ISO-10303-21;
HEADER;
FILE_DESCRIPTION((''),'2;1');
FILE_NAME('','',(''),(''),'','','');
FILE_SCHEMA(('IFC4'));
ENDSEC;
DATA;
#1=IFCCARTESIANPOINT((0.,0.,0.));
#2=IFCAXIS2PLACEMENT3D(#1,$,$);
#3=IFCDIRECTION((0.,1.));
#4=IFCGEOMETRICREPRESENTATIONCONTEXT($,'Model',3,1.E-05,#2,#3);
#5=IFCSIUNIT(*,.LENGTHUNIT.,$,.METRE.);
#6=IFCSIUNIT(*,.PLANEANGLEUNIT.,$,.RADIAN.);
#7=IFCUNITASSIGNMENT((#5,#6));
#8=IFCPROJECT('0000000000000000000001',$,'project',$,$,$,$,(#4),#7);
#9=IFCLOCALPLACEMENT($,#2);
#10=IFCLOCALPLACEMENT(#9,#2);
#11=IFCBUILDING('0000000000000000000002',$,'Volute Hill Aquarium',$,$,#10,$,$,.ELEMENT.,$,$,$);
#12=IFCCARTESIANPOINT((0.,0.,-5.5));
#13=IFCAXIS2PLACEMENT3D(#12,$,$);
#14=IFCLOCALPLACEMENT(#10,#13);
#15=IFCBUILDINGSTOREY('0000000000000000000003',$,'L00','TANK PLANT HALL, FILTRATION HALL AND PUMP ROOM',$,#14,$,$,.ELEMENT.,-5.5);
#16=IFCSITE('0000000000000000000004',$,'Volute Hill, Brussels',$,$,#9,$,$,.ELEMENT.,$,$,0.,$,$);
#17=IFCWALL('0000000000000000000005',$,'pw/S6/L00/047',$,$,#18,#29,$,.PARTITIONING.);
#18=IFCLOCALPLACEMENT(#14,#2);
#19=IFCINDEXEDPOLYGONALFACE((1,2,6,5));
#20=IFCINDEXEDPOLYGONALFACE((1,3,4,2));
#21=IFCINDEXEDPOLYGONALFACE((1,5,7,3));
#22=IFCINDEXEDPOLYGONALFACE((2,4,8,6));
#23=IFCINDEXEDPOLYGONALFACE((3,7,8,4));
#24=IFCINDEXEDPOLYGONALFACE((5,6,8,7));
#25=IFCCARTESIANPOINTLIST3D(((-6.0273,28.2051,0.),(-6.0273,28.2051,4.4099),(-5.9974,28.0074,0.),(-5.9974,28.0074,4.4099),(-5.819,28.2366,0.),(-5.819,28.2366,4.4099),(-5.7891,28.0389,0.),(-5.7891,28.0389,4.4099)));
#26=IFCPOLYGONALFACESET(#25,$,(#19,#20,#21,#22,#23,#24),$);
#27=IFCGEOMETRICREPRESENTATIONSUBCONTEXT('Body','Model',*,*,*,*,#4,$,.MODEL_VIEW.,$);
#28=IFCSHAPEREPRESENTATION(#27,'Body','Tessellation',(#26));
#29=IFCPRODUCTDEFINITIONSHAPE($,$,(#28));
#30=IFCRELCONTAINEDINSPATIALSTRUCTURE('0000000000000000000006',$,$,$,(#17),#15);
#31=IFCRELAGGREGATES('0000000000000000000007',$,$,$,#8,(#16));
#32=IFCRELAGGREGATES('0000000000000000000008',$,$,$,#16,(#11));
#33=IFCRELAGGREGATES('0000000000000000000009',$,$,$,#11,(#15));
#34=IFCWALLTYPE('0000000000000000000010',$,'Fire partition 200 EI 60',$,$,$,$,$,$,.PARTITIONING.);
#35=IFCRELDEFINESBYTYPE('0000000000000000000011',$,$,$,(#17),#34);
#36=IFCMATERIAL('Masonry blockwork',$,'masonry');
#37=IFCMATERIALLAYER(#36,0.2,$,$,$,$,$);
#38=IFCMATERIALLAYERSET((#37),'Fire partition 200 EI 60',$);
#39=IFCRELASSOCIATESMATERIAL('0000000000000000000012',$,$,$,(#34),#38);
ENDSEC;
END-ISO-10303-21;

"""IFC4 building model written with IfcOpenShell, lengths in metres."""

from ifc_helpers import new_model, si_unit, direction, frame, frame_2d, origin, place, context, subcontext, project, spatial, rectangle, extrude, material, layer, layer_set, type_object, element, save


model = new_model("IFC4")

# Units and contexts
model_context = context("Model", 3, precision=1e-05, world=origin(), true_north=direction((0.0, 1.0)))
body_context = subcontext(model_context, "Body", "Model", "MODEL_VIEW")
ifc_project = project(units=[si_unit("LENGTHUNIT", "METRE"), si_unit("PLANEANGLEUNIT", "RADIAN")], contexts=[model_context])

# Site, building, storey
site_placement = place(None, origin())
site = spatial("IfcSite", under=ifc_project, at=site_placement, Name="Volute Hill, Brussels", CompositionType="ELEMENT", RefElevation=0.0)
building_placement = place(site_placement, origin())
building = spatial("IfcBuilding", under=site, at=building_placement, Name="Volute Hill Aquarium", CompositionType="ELEMENT")
storey_placement = place(building_placement, frame((0.0, 0.0, -5.5)))
storey = spatial("IfcBuildingStorey", under=building, at=storey_placement, Name="L00", Description="TANK PLANT HALL, FILTRATION HALL AND PUMP ROOM", CompositionType="ELEMENT", Elevation=-5.5)

# Shared definitions
ifc_material_1 = material(Name="Masonry blockwork", Category="masonry")
ifc_layer_1 = layer(ifc_material_1, 0.2)
ifc_layer_set_1 = layer_set([ifc_layer_1], Name="Fire partition 200 EI 60")
wall_type_1 = type_object("IfcWallType", Name="Fire partition 200 EI 60", PredefinedType="PARTITIONING", material=ifc_layer_set_1)

# Wall
wall_1_placement = place(storey_placement, frame((-6.0125, 28.1062, 0.0), z_axis=(0.0, 0.0, 1.0), x_axis=(0.988757, 0.149531, 0.0)))
element("IfcWall", 1, at=wall_1_placement, inside=storey, type_object=wall_type_1, Name="pw/S6/L00/047", PredefinedType="PARTITIONING", context=body_context, shape_type="SweptSolid", body=[
    extrude(rectangle(XDim=0.2107, YDim=0.2, at=frame_2d((0.1055, 0.0))), origin(), (0.0, 0.0, 1.0), 4.4099),
])

save(model, "model.ifc")
